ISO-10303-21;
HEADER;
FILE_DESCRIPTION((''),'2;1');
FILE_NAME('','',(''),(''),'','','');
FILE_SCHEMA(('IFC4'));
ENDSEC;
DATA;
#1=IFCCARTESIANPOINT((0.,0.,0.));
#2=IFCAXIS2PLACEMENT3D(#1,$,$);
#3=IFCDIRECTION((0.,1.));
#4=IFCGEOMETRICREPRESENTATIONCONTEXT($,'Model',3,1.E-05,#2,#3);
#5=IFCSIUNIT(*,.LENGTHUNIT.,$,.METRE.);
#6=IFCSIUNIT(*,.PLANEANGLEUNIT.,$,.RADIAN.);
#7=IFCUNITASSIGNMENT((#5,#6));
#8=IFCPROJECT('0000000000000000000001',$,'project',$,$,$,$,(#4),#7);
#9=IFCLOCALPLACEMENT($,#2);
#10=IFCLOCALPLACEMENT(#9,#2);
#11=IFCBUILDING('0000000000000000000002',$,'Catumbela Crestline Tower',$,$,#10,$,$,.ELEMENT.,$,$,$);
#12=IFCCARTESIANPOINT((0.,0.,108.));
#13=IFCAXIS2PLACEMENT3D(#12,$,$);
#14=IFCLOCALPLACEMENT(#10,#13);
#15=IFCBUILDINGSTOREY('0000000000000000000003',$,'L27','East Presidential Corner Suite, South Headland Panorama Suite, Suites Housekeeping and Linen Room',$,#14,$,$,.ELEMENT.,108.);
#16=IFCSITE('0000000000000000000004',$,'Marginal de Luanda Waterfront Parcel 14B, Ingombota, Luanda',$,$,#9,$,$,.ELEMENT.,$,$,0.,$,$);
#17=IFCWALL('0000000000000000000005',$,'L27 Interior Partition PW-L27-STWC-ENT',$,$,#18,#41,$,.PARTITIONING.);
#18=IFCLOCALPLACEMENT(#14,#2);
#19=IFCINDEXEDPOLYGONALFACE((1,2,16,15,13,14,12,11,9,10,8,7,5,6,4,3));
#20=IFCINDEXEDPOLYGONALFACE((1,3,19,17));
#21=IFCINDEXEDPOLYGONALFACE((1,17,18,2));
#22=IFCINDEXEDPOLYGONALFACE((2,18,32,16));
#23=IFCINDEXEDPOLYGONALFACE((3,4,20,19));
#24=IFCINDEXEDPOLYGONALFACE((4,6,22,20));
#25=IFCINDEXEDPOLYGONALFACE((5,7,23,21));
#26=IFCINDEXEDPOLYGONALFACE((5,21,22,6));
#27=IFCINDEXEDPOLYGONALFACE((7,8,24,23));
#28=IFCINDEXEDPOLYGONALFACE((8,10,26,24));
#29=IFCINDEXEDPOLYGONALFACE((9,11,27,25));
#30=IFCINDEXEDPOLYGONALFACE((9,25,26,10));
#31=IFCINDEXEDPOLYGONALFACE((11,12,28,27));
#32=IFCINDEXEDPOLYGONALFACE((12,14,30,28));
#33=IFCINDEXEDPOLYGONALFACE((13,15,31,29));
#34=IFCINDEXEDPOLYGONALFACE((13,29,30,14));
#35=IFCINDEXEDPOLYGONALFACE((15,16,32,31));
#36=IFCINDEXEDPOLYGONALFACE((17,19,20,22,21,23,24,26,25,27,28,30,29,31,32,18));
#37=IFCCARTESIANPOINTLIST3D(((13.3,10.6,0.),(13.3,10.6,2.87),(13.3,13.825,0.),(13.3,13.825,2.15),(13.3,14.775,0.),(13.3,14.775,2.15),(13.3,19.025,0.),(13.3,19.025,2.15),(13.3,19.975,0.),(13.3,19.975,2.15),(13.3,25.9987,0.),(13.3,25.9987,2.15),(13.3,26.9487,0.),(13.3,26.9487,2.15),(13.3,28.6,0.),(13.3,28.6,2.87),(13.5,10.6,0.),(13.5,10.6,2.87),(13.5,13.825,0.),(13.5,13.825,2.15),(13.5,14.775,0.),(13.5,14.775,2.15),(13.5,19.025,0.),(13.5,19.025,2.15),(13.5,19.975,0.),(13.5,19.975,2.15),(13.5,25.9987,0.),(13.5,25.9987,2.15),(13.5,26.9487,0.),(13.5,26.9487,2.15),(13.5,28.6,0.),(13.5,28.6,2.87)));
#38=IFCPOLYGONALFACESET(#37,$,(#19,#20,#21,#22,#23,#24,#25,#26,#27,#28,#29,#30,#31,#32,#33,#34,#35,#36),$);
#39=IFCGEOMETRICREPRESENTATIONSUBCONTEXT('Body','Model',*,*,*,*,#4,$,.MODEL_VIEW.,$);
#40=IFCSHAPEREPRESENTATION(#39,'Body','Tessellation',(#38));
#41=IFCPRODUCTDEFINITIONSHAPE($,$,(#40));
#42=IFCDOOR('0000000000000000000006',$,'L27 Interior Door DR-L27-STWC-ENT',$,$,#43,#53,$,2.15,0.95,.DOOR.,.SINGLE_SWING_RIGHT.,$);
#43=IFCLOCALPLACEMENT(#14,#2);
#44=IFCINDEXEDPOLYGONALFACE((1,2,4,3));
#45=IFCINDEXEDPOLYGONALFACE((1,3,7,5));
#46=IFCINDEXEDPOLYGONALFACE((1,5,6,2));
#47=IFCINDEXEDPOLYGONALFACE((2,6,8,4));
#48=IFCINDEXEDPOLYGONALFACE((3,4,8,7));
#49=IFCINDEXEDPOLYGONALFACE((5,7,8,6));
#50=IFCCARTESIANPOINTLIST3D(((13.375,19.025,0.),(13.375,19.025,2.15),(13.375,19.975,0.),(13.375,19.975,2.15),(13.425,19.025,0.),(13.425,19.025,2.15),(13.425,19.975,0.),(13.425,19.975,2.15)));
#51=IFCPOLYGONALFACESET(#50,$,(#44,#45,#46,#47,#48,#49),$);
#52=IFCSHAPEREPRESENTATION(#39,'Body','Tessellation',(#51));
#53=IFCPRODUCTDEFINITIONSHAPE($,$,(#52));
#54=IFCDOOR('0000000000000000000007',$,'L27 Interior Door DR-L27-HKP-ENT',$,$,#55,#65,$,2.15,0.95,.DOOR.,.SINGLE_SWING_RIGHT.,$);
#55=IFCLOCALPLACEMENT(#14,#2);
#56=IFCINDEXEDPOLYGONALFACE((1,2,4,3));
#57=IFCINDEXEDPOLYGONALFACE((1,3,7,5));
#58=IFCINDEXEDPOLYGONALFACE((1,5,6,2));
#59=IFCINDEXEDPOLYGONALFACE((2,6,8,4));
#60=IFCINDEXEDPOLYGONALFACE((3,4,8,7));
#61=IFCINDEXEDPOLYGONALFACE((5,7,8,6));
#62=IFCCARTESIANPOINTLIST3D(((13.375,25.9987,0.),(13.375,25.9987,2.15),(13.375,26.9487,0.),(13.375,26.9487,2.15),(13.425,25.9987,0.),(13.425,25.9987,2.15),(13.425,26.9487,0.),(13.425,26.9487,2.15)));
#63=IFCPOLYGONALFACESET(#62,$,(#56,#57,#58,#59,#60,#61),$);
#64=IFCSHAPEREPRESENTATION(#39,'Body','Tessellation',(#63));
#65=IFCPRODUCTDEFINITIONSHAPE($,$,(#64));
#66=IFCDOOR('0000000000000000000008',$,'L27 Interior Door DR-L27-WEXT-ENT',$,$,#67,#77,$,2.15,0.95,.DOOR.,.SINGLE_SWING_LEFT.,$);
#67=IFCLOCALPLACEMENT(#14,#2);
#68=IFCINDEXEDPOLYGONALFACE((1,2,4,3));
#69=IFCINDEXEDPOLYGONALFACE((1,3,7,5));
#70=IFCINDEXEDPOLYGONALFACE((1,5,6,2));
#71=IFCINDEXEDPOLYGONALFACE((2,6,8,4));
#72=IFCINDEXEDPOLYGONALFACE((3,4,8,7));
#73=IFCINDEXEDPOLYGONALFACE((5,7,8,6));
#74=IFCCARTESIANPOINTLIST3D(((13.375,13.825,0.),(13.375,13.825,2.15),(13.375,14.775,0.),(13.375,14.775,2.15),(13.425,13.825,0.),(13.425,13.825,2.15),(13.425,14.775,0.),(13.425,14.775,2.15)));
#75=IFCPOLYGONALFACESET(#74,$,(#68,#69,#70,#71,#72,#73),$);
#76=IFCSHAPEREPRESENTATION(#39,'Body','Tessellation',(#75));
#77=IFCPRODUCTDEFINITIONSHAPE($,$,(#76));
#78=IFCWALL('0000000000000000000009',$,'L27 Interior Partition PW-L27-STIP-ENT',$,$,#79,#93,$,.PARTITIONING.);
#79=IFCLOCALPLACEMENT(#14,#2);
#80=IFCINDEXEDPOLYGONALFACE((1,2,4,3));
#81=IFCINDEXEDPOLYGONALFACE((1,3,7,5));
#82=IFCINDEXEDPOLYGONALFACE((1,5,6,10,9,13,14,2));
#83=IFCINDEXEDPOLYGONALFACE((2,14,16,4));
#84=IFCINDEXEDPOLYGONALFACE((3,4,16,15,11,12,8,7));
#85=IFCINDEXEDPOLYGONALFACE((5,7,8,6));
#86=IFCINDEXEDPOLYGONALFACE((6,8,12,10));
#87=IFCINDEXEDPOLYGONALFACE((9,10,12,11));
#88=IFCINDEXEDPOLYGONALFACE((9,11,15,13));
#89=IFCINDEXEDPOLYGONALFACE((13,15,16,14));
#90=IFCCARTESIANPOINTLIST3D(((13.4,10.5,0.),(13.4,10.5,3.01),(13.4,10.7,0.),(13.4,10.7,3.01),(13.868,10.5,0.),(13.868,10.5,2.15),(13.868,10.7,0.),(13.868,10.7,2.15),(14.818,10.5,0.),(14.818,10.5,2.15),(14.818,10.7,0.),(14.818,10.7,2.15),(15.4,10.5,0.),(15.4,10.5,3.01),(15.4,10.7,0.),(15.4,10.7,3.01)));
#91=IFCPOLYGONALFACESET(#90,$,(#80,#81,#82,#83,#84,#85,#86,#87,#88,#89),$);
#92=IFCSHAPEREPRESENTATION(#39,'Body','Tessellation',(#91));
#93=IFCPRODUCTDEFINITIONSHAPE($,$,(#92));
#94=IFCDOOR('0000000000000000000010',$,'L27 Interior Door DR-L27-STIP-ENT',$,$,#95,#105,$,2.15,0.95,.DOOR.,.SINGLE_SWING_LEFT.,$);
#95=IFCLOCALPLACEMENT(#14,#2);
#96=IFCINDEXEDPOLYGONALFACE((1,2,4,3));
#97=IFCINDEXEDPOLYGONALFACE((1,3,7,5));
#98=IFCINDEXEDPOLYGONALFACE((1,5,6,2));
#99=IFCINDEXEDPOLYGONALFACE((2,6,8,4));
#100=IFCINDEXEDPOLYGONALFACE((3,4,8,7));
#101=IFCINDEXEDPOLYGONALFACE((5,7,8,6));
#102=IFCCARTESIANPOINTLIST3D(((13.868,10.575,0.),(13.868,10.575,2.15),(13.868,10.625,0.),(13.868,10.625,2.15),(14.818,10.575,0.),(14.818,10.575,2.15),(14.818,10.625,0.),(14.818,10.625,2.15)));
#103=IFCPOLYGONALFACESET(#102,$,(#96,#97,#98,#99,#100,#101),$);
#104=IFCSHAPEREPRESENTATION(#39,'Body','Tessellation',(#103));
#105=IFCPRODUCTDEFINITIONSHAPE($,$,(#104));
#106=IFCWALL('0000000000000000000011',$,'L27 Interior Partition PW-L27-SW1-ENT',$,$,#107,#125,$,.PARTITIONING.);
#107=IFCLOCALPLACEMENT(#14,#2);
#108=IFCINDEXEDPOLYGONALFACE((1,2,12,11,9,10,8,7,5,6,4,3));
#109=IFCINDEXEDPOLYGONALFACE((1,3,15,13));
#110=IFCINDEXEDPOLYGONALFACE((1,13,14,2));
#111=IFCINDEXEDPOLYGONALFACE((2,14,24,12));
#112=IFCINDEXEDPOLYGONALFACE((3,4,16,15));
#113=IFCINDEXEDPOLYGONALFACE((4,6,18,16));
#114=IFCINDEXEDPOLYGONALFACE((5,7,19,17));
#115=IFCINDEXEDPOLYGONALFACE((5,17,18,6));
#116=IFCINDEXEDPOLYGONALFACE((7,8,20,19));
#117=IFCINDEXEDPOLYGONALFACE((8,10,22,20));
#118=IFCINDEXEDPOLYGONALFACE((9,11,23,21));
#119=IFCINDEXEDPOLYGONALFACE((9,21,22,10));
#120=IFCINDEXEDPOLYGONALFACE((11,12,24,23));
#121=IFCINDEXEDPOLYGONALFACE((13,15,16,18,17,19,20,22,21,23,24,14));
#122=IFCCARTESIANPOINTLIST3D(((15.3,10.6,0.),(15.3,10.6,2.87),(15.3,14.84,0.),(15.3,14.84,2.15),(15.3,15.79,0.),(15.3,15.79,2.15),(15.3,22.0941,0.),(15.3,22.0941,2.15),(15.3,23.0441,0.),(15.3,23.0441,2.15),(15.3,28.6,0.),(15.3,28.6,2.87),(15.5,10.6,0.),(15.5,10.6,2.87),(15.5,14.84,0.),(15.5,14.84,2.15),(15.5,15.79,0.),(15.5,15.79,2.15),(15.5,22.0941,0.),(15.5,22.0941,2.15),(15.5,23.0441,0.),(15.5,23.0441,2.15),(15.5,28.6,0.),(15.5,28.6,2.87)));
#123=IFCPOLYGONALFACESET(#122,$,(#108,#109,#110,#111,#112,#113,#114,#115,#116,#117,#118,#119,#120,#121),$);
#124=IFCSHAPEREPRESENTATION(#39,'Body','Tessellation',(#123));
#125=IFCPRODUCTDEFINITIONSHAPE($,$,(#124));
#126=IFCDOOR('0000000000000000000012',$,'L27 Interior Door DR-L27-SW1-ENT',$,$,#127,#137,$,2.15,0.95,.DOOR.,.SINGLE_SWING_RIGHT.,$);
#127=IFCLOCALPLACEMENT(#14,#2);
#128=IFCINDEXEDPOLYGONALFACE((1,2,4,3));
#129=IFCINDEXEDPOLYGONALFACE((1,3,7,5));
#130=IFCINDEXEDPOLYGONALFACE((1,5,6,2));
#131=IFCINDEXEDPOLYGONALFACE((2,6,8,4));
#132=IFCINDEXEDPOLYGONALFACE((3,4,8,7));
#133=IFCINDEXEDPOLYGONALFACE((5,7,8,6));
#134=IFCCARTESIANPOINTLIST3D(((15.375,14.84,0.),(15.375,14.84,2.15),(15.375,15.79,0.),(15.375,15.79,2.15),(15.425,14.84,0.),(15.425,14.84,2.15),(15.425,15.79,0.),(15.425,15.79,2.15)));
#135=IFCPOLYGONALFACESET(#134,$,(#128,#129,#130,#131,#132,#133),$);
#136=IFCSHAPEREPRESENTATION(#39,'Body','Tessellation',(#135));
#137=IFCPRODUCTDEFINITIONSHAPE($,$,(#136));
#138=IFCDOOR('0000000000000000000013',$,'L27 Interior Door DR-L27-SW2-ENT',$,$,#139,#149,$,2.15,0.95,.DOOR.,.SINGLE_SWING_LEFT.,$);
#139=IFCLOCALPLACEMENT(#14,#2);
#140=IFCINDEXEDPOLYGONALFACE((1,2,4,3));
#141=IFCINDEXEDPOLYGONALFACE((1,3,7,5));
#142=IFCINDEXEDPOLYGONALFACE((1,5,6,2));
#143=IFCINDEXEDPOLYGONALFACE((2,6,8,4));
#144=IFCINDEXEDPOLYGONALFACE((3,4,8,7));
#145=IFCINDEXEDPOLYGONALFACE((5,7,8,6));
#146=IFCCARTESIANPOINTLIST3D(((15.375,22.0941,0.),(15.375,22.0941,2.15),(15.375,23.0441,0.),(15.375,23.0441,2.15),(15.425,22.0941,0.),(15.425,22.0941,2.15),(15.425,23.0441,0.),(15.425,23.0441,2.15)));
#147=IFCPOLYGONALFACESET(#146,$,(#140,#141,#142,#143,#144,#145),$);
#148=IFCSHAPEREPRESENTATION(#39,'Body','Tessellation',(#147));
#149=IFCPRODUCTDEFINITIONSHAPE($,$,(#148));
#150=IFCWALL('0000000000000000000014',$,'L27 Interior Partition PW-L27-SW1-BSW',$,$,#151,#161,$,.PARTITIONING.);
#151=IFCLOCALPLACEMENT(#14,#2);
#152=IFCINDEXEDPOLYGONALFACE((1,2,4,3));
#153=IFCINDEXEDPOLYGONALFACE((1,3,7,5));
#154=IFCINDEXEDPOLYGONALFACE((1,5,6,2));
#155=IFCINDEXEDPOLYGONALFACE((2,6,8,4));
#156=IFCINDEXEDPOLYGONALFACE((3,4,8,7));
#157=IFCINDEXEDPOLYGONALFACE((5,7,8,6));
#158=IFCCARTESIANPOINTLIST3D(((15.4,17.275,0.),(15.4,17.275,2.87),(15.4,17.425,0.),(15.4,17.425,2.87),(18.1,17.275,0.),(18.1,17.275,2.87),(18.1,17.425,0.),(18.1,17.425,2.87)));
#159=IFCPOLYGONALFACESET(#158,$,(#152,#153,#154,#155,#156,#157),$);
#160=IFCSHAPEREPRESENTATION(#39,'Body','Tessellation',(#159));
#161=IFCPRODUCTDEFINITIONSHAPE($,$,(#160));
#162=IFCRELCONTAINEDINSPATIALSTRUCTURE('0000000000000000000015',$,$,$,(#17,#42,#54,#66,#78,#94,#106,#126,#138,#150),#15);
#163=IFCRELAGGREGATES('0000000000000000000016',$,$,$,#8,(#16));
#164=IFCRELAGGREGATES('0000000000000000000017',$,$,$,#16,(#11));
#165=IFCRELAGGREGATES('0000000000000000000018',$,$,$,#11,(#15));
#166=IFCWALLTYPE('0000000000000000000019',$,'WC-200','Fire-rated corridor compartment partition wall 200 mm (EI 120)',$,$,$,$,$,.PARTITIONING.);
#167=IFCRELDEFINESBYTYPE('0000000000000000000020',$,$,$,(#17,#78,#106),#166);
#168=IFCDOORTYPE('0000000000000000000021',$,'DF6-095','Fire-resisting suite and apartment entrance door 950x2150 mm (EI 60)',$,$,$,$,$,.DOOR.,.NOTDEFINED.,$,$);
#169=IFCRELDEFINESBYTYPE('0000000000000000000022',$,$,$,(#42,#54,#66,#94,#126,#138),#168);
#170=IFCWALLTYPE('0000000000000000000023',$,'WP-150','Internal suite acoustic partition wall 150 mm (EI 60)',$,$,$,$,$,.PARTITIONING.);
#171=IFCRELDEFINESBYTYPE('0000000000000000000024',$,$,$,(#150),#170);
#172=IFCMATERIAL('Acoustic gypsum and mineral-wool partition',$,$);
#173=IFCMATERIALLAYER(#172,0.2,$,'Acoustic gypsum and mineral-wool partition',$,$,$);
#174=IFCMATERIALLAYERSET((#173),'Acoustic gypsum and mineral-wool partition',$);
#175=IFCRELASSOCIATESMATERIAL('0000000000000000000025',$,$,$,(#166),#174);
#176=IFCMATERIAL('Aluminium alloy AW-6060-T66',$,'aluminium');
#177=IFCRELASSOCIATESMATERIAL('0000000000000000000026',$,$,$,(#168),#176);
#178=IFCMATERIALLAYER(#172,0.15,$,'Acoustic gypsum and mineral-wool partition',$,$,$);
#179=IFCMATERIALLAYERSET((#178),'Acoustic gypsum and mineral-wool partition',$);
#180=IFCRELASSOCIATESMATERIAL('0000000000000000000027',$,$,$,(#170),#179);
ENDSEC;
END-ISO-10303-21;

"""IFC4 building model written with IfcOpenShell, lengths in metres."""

from ifc_helpers import new_model, si_unit, direction, frame, frame_2d, origin, place, context, subcontext, project, spatial, rectangle, extrude, material, layer, layer_set, type_object, element, fill, save


model = new_model("IFC4")

# Units and contexts
model_context = context("Model", 3, precision=1e-05, world=origin(), true_north=direction((0.0, 1.0)))
body_context = subcontext(model_context, "Body", "Model", "MODEL_VIEW")
ifc_project = project(units=[si_unit("LENGTHUNIT", "METRE"), si_unit("PLANEANGLEUNIT", "RADIAN")], contexts=[model_context])

# Site, building, storey
site_placement = place(None, origin())
site = spatial("IfcSite", under=ifc_project, at=site_placement, Name="Marginal de Luanda Waterfront Parcel 14B, Ingombota, Luanda", CompositionType="ELEMENT", RefElevation=0.0)
building_placement = place(site_placement, origin())
building = spatial("IfcBuilding", under=site, at=building_placement, Name="Catumbela Crestline Tower", CompositionType="ELEMENT")
storey_placement = place(building_placement, frame((0.0, 0.0, 108.0)))
storey = spatial("IfcBuildingStorey", under=building, at=storey_placement, Name="L27", Description="East Presidential Corner Suite, South Headland Panorama Suite, Suites Housekeeping and Linen Room", CompositionType="ELEMENT", Elevation=108.0)

# Wall, openings, doors
ifc_material_1 = material(Name="Acoustic gypsum and mineral-wool partition")
ifc_layer_1 = layer(ifc_material_1, 0.2, Name="Acoustic gypsum and mineral-wool partition")
ifc_layer_set_1 = layer_set([ifc_layer_1], Name="Acoustic gypsum and mineral-wool partition")
wall_type_1 = type_object("IfcWallType", Name="WC-200", Description="Fire-rated corridor compartment partition wall 200 mm (EI 120)", PredefinedType="PARTITIONING", material=ifc_layer_set_1)
wall_1_placement = place(storey_placement, frame((13.4, 10.6, 0.0), z_axis=(0.0, 0.0, 1.0), x_axis=(0.0, 1.0, 0.0)))
wall_1 = element("IfcWall", 1, at=wall_1_placement, inside=storey, type_object=wall_type_1, Name="L27 Interior Partition PW-L27-STWC-ENT", PredefinedType="PARTITIONING", context=body_context, shape_type="SweptSolid", body=[
    extrude(rectangle(XDim=18.0, YDim=0.2, at=frame_2d((9.0, 0.0))), origin(), (0.0, 0.0, 1.0), 2.87),
])
opening_1_placement = place(wall_1_placement, frame((8.425, 0.0, 0.0)))
opening_1 = element("IfcOpeningElement", 2, at=opening_1_placement, cuts=wall_1, PredefinedType="OPENING", context=body_context, shape_type="SweptSolid", body=[
    extrude(rectangle(XDim=0.95, YDim=2.15, at=frame_2d((0.475, 1.075))), frame((0.0, 0.11, 0.0), z_axis=(0.0, -1.0, 0.0), x_axis=(1.0, 0.0, 0.0)), (0.0, 0.0, 1.0), 0.22),
])
opening_2_placement = place(wall_1_placement, frame((15.3987, 0.0, 0.0)))
opening_2 = element("IfcOpeningElement", 3, at=opening_2_placement, cuts=wall_1, PredefinedType="OPENING", context=body_context, shape_type="SweptSolid", body=[
    extrude(rectangle(XDim=0.95, YDim=2.15, at=frame_2d((0.475, 1.075))), frame((0.0, 0.11, 0.0), z_axis=(0.0, -1.0, 0.0), x_axis=(1.0, 0.0, 0.0)), (0.0, 0.0, 1.0), 0.22),
])
opening_3_placement = place(wall_1_placement, frame((3.225, 0.0, 0.0)))
opening_3 = element("IfcOpeningElement", 4, at=opening_3_placement, cuts=wall_1, PredefinedType="OPENING", context=body_context, shape_type="SweptSolid", body=[
    extrude(rectangle(XDim=0.95, YDim=2.15, at=frame_2d((0.475, 1.075))), frame((0.0, 0.11, 0.0), z_axis=(0.0, -1.0, 0.0), x_axis=(1.0, 0.0, 0.0)), (0.0, 0.0, 1.0), 0.22),
])
ifc_material_2 = material(Name="Aluminium alloy AW-6060-T66", Category="aluminium")
door_type_1 = type_object("IfcDoorType", Name="DF6-095", Description="Fire-resisting suite and apartment entrance door 950x2150 mm (EI 60)", OperationType="NOTDEFINED", PredefinedType="DOOR", material=ifc_material_2)
door_1_placement = place(opening_1_placement, origin())
door_1 = element("IfcDoor", 5, at=door_1_placement, inside=storey, type_object=door_type_1, Name="L27 Interior Door DR-L27-STWC-ENT", OperationType="SINGLE_SWING_RIGHT", OverallHeight=2.15, OverallWidth=0.95, PredefinedType="DOOR", context=body_context, shape_type="SweptSolid", body=[
    extrude(rectangle(XDim=0.95, YDim=2.15, at=frame_2d((0.475, 1.075))), frame((0.0, 0.025, 0.0), z_axis=(0.0, -1.0, 0.0), x_axis=(1.0, 0.0, 0.0)), (0.0, 0.0, 1.0), 0.05),
])
fill(opening_1, door_1)
door_2_placement = place(opening_2_placement, origin())
door_2 = element("IfcDoor", 6, at=door_2_placement, inside=storey, type_object=door_type_1, Name="L27 Interior Door DR-L27-HKP-ENT", OperationType="SINGLE_SWING_RIGHT", OverallHeight=2.15, OverallWidth=0.95, PredefinedType="DOOR", context=body_context, shape_type="SweptSolid", body=[
    extrude(rectangle(XDim=0.95, YDim=2.15, at=frame_2d((0.475, 1.075))), frame((0.0, 0.025, 0.0), z_axis=(0.0, -1.0, 0.0), x_axis=(1.0, 0.0, 0.0)), (0.0, 0.0, 1.0), 0.05),
])
fill(opening_2, door_2)
door_3_placement = place(opening_3_placement, origin())
door_3 = element("IfcDoor", 7, at=door_3_placement, inside=storey, type_object=door_type_1, Name="L27 Interior Door DR-L27-WEXT-ENT", OperationType="SINGLE_SWING_LEFT", OverallHeight=2.15, OverallWidth=0.95, PredefinedType="DOOR", context=body_context, shape_type="SweptSolid", body=[
    extrude(rectangle(XDim=0.95, YDim=2.15, at=frame_2d((0.475, 1.075))), frame((0.0, 0.025, 0.0), z_axis=(0.0, -1.0, 0.0), x_axis=(1.0, 0.0, 0.0)), (0.0, 0.0, 1.0), 0.05),
])
fill(opening_3, door_3)

# Wall, opening, door
wall_2_placement = place(storey_placement, frame((13.4, 10.6, 0.0), z_axis=(0.0, 0.0, 1.0), x_axis=(1.0, 0.0, 0.0)))
wall_2 = element("IfcWall", 8, at=wall_2_placement, inside=storey, type_object=wall_type_1, Name="L27 Interior Partition PW-L27-STIP-ENT", PredefinedType="PARTITIONING", context=body_context, shape_type="SweptSolid", body=[
    extrude(rectangle(XDim=2.0, YDim=0.2, at=frame_2d((1.0, 0.0))), origin(), (0.0, 0.0, 1.0), 3.01),
])
opening_4_placement = place(wall_2_placement, frame((0.468, 0.0, 0.0)))
opening_4 = element("IfcOpeningElement", 9, at=opening_4_placement, cuts=wall_2, PredefinedType="OPENING", context=body_context, shape_type="SweptSolid", body=[
    extrude(rectangle(XDim=0.95, YDim=2.15, at=frame_2d((0.475, 1.075))), frame((0.0, 0.11, 0.0), z_axis=(0.0, -1.0, 0.0), x_axis=(1.0, 0.0, 0.0)), (0.0, 0.0, 1.0), 0.22),
])
door_4_placement = place(opening_4_placement, origin())
door_4 = element("IfcDoor", 10, at=door_4_placement, inside=storey, type_object=door_type_1, Name="L27 Interior Door DR-L27-STIP-ENT", OperationType="SINGLE_SWING_LEFT", OverallHeight=2.15, OverallWidth=0.95, PredefinedType="DOOR", context=body_context, shape_type="SweptSolid", body=[
    extrude(rectangle(XDim=0.95, YDim=2.15, at=frame_2d((0.475, 1.075))), frame((0.0, 0.025, 0.0), z_axis=(0.0, -1.0, 0.0), x_axis=(1.0, 0.0, 0.0)), (0.0, 0.0, 1.0), 0.05),
])
fill(opening_4, door_4)

# Wall, openings, doors
wall_3_placement = place(storey_placement, frame((15.4, 10.6, 0.0), z_axis=(0.0, 0.0, 1.0), x_axis=(0.0, 1.0, 0.0)))
wall_3 = element("IfcWall", 11, at=wall_3_placement, inside=storey, type_object=wall_type_1, Name="L27 Interior Partition PW-L27-SW1-ENT", PredefinedType="PARTITIONING", context=body_context, shape_type="SweptSolid", body=[
    extrude(rectangle(XDim=18.0, YDim=0.2, at=frame_2d((9.0, 0.0))), origin(), (0.0, 0.0, 1.0), 2.87),
])
opening_5_placement = place(wall_3_placement, frame((4.24, 0.0, 0.0)))
opening_5 = element("IfcOpeningElement", 12, at=opening_5_placement, cuts=wall_3, PredefinedType="OPENING", context=body_context, shape_type="SweptSolid", body=[
    extrude(rectangle(XDim=0.95, YDim=2.15, at=frame_2d((0.475, 1.075))), frame((0.0, 0.11, 0.0), z_axis=(0.0, -1.0, 0.0), x_axis=(1.0, 0.0, 0.0)), (0.0, 0.0, 1.0), 0.22),
])
opening_6_placement = place(wall_3_placement, frame((11.4941, 0.0, 0.0)))
opening_6 = element("IfcOpeningElement", 13, at=opening_6_placement, cuts=wall_3, PredefinedType="OPENING", context=body_context, shape_type="SweptSolid", body=[
    extrude(rectangle(XDim=0.95, YDim=2.15, at=frame_2d((0.475, 1.075))), frame((0.0, 0.11, 0.0), z_axis=(0.0, -1.0, 0.0), x_axis=(1.0, 0.0, 0.0)), (0.0, 0.0, 1.0), 0.22),
])
door_5_placement = place(opening_5_placement, origin())
door_5 = element("IfcDoor", 14, at=door_5_placement, inside=storey, type_object=door_type_1, Name="L27 Interior Door DR-L27-SW1-ENT", OperationType="SINGLE_SWING_RIGHT", OverallHeight=2.15, OverallWidth=0.95, PredefinedType="DOOR", context=body_context, shape_type="SweptSolid", body=[
    extrude(rectangle(XDim=0.95, YDim=2.15, at=frame_2d((0.475, 1.075))), frame((0.0, 0.025, 0.0), z_axis=(0.0, -1.0, 0.0), x_axis=(1.0, 0.0, 0.0)), (0.0, 0.0, 1.0), 0.05),
])
fill(opening_5, door_5)
door_6_placement = place(opening_6_placement, origin())
door_6 = element("IfcDoor", 15, at=door_6_placement, inside=storey, type_object=door_type_1, Name="L27 Interior Door DR-L27-SW2-ENT", OperationType="SINGLE_SWING_LEFT", OverallHeight=2.15, OverallWidth=0.95, PredefinedType="DOOR", context=body_context, shape_type="SweptSolid", body=[
    extrude(rectangle(XDim=0.95, YDim=2.15, at=frame_2d((0.475, 1.075))), frame((0.0, 0.025, 0.0), z_axis=(0.0, -1.0, 0.0), x_axis=(1.0, 0.0, 0.0)), (0.0, 0.0, 1.0), 0.05),
])
fill(opening_6, door_6)

# Wall
ifc_layer_2 = layer(ifc_material_1, 0.15, Name="Acoustic gypsum and mineral-wool partition")
ifc_layer_set_2 = layer_set([ifc_layer_2], Name="Acoustic gypsum and mineral-wool partition")
wall_type_2 = type_object("IfcWallType", Name="WP-150", Description="Internal suite acoustic partition wall 150 mm (EI 60)", PredefinedType="PARTITIONING", material=ifc_layer_set_2)
wall_4_placement = place(storey_placement, frame((15.4, 17.35, 0.0), z_axis=(0.0, 0.0, 1.0), x_axis=(1.0, 0.0, 0.0)))
element("IfcWall", 16, at=wall_4_placement, inside=storey, type_object=wall_type_2, Name="L27 Interior Partition PW-L27-SW1-BSW", PredefinedType="PARTITIONING", context=body_context, shape_type="SweptSolid", body=[
    extrude(rectangle(XDim=2.7, YDim=0.15, at=frame_2d((1.35, 0.0))), origin(), (0.0, 0.0, 1.0), 2.87),
])

save(model, "model.ifc")
